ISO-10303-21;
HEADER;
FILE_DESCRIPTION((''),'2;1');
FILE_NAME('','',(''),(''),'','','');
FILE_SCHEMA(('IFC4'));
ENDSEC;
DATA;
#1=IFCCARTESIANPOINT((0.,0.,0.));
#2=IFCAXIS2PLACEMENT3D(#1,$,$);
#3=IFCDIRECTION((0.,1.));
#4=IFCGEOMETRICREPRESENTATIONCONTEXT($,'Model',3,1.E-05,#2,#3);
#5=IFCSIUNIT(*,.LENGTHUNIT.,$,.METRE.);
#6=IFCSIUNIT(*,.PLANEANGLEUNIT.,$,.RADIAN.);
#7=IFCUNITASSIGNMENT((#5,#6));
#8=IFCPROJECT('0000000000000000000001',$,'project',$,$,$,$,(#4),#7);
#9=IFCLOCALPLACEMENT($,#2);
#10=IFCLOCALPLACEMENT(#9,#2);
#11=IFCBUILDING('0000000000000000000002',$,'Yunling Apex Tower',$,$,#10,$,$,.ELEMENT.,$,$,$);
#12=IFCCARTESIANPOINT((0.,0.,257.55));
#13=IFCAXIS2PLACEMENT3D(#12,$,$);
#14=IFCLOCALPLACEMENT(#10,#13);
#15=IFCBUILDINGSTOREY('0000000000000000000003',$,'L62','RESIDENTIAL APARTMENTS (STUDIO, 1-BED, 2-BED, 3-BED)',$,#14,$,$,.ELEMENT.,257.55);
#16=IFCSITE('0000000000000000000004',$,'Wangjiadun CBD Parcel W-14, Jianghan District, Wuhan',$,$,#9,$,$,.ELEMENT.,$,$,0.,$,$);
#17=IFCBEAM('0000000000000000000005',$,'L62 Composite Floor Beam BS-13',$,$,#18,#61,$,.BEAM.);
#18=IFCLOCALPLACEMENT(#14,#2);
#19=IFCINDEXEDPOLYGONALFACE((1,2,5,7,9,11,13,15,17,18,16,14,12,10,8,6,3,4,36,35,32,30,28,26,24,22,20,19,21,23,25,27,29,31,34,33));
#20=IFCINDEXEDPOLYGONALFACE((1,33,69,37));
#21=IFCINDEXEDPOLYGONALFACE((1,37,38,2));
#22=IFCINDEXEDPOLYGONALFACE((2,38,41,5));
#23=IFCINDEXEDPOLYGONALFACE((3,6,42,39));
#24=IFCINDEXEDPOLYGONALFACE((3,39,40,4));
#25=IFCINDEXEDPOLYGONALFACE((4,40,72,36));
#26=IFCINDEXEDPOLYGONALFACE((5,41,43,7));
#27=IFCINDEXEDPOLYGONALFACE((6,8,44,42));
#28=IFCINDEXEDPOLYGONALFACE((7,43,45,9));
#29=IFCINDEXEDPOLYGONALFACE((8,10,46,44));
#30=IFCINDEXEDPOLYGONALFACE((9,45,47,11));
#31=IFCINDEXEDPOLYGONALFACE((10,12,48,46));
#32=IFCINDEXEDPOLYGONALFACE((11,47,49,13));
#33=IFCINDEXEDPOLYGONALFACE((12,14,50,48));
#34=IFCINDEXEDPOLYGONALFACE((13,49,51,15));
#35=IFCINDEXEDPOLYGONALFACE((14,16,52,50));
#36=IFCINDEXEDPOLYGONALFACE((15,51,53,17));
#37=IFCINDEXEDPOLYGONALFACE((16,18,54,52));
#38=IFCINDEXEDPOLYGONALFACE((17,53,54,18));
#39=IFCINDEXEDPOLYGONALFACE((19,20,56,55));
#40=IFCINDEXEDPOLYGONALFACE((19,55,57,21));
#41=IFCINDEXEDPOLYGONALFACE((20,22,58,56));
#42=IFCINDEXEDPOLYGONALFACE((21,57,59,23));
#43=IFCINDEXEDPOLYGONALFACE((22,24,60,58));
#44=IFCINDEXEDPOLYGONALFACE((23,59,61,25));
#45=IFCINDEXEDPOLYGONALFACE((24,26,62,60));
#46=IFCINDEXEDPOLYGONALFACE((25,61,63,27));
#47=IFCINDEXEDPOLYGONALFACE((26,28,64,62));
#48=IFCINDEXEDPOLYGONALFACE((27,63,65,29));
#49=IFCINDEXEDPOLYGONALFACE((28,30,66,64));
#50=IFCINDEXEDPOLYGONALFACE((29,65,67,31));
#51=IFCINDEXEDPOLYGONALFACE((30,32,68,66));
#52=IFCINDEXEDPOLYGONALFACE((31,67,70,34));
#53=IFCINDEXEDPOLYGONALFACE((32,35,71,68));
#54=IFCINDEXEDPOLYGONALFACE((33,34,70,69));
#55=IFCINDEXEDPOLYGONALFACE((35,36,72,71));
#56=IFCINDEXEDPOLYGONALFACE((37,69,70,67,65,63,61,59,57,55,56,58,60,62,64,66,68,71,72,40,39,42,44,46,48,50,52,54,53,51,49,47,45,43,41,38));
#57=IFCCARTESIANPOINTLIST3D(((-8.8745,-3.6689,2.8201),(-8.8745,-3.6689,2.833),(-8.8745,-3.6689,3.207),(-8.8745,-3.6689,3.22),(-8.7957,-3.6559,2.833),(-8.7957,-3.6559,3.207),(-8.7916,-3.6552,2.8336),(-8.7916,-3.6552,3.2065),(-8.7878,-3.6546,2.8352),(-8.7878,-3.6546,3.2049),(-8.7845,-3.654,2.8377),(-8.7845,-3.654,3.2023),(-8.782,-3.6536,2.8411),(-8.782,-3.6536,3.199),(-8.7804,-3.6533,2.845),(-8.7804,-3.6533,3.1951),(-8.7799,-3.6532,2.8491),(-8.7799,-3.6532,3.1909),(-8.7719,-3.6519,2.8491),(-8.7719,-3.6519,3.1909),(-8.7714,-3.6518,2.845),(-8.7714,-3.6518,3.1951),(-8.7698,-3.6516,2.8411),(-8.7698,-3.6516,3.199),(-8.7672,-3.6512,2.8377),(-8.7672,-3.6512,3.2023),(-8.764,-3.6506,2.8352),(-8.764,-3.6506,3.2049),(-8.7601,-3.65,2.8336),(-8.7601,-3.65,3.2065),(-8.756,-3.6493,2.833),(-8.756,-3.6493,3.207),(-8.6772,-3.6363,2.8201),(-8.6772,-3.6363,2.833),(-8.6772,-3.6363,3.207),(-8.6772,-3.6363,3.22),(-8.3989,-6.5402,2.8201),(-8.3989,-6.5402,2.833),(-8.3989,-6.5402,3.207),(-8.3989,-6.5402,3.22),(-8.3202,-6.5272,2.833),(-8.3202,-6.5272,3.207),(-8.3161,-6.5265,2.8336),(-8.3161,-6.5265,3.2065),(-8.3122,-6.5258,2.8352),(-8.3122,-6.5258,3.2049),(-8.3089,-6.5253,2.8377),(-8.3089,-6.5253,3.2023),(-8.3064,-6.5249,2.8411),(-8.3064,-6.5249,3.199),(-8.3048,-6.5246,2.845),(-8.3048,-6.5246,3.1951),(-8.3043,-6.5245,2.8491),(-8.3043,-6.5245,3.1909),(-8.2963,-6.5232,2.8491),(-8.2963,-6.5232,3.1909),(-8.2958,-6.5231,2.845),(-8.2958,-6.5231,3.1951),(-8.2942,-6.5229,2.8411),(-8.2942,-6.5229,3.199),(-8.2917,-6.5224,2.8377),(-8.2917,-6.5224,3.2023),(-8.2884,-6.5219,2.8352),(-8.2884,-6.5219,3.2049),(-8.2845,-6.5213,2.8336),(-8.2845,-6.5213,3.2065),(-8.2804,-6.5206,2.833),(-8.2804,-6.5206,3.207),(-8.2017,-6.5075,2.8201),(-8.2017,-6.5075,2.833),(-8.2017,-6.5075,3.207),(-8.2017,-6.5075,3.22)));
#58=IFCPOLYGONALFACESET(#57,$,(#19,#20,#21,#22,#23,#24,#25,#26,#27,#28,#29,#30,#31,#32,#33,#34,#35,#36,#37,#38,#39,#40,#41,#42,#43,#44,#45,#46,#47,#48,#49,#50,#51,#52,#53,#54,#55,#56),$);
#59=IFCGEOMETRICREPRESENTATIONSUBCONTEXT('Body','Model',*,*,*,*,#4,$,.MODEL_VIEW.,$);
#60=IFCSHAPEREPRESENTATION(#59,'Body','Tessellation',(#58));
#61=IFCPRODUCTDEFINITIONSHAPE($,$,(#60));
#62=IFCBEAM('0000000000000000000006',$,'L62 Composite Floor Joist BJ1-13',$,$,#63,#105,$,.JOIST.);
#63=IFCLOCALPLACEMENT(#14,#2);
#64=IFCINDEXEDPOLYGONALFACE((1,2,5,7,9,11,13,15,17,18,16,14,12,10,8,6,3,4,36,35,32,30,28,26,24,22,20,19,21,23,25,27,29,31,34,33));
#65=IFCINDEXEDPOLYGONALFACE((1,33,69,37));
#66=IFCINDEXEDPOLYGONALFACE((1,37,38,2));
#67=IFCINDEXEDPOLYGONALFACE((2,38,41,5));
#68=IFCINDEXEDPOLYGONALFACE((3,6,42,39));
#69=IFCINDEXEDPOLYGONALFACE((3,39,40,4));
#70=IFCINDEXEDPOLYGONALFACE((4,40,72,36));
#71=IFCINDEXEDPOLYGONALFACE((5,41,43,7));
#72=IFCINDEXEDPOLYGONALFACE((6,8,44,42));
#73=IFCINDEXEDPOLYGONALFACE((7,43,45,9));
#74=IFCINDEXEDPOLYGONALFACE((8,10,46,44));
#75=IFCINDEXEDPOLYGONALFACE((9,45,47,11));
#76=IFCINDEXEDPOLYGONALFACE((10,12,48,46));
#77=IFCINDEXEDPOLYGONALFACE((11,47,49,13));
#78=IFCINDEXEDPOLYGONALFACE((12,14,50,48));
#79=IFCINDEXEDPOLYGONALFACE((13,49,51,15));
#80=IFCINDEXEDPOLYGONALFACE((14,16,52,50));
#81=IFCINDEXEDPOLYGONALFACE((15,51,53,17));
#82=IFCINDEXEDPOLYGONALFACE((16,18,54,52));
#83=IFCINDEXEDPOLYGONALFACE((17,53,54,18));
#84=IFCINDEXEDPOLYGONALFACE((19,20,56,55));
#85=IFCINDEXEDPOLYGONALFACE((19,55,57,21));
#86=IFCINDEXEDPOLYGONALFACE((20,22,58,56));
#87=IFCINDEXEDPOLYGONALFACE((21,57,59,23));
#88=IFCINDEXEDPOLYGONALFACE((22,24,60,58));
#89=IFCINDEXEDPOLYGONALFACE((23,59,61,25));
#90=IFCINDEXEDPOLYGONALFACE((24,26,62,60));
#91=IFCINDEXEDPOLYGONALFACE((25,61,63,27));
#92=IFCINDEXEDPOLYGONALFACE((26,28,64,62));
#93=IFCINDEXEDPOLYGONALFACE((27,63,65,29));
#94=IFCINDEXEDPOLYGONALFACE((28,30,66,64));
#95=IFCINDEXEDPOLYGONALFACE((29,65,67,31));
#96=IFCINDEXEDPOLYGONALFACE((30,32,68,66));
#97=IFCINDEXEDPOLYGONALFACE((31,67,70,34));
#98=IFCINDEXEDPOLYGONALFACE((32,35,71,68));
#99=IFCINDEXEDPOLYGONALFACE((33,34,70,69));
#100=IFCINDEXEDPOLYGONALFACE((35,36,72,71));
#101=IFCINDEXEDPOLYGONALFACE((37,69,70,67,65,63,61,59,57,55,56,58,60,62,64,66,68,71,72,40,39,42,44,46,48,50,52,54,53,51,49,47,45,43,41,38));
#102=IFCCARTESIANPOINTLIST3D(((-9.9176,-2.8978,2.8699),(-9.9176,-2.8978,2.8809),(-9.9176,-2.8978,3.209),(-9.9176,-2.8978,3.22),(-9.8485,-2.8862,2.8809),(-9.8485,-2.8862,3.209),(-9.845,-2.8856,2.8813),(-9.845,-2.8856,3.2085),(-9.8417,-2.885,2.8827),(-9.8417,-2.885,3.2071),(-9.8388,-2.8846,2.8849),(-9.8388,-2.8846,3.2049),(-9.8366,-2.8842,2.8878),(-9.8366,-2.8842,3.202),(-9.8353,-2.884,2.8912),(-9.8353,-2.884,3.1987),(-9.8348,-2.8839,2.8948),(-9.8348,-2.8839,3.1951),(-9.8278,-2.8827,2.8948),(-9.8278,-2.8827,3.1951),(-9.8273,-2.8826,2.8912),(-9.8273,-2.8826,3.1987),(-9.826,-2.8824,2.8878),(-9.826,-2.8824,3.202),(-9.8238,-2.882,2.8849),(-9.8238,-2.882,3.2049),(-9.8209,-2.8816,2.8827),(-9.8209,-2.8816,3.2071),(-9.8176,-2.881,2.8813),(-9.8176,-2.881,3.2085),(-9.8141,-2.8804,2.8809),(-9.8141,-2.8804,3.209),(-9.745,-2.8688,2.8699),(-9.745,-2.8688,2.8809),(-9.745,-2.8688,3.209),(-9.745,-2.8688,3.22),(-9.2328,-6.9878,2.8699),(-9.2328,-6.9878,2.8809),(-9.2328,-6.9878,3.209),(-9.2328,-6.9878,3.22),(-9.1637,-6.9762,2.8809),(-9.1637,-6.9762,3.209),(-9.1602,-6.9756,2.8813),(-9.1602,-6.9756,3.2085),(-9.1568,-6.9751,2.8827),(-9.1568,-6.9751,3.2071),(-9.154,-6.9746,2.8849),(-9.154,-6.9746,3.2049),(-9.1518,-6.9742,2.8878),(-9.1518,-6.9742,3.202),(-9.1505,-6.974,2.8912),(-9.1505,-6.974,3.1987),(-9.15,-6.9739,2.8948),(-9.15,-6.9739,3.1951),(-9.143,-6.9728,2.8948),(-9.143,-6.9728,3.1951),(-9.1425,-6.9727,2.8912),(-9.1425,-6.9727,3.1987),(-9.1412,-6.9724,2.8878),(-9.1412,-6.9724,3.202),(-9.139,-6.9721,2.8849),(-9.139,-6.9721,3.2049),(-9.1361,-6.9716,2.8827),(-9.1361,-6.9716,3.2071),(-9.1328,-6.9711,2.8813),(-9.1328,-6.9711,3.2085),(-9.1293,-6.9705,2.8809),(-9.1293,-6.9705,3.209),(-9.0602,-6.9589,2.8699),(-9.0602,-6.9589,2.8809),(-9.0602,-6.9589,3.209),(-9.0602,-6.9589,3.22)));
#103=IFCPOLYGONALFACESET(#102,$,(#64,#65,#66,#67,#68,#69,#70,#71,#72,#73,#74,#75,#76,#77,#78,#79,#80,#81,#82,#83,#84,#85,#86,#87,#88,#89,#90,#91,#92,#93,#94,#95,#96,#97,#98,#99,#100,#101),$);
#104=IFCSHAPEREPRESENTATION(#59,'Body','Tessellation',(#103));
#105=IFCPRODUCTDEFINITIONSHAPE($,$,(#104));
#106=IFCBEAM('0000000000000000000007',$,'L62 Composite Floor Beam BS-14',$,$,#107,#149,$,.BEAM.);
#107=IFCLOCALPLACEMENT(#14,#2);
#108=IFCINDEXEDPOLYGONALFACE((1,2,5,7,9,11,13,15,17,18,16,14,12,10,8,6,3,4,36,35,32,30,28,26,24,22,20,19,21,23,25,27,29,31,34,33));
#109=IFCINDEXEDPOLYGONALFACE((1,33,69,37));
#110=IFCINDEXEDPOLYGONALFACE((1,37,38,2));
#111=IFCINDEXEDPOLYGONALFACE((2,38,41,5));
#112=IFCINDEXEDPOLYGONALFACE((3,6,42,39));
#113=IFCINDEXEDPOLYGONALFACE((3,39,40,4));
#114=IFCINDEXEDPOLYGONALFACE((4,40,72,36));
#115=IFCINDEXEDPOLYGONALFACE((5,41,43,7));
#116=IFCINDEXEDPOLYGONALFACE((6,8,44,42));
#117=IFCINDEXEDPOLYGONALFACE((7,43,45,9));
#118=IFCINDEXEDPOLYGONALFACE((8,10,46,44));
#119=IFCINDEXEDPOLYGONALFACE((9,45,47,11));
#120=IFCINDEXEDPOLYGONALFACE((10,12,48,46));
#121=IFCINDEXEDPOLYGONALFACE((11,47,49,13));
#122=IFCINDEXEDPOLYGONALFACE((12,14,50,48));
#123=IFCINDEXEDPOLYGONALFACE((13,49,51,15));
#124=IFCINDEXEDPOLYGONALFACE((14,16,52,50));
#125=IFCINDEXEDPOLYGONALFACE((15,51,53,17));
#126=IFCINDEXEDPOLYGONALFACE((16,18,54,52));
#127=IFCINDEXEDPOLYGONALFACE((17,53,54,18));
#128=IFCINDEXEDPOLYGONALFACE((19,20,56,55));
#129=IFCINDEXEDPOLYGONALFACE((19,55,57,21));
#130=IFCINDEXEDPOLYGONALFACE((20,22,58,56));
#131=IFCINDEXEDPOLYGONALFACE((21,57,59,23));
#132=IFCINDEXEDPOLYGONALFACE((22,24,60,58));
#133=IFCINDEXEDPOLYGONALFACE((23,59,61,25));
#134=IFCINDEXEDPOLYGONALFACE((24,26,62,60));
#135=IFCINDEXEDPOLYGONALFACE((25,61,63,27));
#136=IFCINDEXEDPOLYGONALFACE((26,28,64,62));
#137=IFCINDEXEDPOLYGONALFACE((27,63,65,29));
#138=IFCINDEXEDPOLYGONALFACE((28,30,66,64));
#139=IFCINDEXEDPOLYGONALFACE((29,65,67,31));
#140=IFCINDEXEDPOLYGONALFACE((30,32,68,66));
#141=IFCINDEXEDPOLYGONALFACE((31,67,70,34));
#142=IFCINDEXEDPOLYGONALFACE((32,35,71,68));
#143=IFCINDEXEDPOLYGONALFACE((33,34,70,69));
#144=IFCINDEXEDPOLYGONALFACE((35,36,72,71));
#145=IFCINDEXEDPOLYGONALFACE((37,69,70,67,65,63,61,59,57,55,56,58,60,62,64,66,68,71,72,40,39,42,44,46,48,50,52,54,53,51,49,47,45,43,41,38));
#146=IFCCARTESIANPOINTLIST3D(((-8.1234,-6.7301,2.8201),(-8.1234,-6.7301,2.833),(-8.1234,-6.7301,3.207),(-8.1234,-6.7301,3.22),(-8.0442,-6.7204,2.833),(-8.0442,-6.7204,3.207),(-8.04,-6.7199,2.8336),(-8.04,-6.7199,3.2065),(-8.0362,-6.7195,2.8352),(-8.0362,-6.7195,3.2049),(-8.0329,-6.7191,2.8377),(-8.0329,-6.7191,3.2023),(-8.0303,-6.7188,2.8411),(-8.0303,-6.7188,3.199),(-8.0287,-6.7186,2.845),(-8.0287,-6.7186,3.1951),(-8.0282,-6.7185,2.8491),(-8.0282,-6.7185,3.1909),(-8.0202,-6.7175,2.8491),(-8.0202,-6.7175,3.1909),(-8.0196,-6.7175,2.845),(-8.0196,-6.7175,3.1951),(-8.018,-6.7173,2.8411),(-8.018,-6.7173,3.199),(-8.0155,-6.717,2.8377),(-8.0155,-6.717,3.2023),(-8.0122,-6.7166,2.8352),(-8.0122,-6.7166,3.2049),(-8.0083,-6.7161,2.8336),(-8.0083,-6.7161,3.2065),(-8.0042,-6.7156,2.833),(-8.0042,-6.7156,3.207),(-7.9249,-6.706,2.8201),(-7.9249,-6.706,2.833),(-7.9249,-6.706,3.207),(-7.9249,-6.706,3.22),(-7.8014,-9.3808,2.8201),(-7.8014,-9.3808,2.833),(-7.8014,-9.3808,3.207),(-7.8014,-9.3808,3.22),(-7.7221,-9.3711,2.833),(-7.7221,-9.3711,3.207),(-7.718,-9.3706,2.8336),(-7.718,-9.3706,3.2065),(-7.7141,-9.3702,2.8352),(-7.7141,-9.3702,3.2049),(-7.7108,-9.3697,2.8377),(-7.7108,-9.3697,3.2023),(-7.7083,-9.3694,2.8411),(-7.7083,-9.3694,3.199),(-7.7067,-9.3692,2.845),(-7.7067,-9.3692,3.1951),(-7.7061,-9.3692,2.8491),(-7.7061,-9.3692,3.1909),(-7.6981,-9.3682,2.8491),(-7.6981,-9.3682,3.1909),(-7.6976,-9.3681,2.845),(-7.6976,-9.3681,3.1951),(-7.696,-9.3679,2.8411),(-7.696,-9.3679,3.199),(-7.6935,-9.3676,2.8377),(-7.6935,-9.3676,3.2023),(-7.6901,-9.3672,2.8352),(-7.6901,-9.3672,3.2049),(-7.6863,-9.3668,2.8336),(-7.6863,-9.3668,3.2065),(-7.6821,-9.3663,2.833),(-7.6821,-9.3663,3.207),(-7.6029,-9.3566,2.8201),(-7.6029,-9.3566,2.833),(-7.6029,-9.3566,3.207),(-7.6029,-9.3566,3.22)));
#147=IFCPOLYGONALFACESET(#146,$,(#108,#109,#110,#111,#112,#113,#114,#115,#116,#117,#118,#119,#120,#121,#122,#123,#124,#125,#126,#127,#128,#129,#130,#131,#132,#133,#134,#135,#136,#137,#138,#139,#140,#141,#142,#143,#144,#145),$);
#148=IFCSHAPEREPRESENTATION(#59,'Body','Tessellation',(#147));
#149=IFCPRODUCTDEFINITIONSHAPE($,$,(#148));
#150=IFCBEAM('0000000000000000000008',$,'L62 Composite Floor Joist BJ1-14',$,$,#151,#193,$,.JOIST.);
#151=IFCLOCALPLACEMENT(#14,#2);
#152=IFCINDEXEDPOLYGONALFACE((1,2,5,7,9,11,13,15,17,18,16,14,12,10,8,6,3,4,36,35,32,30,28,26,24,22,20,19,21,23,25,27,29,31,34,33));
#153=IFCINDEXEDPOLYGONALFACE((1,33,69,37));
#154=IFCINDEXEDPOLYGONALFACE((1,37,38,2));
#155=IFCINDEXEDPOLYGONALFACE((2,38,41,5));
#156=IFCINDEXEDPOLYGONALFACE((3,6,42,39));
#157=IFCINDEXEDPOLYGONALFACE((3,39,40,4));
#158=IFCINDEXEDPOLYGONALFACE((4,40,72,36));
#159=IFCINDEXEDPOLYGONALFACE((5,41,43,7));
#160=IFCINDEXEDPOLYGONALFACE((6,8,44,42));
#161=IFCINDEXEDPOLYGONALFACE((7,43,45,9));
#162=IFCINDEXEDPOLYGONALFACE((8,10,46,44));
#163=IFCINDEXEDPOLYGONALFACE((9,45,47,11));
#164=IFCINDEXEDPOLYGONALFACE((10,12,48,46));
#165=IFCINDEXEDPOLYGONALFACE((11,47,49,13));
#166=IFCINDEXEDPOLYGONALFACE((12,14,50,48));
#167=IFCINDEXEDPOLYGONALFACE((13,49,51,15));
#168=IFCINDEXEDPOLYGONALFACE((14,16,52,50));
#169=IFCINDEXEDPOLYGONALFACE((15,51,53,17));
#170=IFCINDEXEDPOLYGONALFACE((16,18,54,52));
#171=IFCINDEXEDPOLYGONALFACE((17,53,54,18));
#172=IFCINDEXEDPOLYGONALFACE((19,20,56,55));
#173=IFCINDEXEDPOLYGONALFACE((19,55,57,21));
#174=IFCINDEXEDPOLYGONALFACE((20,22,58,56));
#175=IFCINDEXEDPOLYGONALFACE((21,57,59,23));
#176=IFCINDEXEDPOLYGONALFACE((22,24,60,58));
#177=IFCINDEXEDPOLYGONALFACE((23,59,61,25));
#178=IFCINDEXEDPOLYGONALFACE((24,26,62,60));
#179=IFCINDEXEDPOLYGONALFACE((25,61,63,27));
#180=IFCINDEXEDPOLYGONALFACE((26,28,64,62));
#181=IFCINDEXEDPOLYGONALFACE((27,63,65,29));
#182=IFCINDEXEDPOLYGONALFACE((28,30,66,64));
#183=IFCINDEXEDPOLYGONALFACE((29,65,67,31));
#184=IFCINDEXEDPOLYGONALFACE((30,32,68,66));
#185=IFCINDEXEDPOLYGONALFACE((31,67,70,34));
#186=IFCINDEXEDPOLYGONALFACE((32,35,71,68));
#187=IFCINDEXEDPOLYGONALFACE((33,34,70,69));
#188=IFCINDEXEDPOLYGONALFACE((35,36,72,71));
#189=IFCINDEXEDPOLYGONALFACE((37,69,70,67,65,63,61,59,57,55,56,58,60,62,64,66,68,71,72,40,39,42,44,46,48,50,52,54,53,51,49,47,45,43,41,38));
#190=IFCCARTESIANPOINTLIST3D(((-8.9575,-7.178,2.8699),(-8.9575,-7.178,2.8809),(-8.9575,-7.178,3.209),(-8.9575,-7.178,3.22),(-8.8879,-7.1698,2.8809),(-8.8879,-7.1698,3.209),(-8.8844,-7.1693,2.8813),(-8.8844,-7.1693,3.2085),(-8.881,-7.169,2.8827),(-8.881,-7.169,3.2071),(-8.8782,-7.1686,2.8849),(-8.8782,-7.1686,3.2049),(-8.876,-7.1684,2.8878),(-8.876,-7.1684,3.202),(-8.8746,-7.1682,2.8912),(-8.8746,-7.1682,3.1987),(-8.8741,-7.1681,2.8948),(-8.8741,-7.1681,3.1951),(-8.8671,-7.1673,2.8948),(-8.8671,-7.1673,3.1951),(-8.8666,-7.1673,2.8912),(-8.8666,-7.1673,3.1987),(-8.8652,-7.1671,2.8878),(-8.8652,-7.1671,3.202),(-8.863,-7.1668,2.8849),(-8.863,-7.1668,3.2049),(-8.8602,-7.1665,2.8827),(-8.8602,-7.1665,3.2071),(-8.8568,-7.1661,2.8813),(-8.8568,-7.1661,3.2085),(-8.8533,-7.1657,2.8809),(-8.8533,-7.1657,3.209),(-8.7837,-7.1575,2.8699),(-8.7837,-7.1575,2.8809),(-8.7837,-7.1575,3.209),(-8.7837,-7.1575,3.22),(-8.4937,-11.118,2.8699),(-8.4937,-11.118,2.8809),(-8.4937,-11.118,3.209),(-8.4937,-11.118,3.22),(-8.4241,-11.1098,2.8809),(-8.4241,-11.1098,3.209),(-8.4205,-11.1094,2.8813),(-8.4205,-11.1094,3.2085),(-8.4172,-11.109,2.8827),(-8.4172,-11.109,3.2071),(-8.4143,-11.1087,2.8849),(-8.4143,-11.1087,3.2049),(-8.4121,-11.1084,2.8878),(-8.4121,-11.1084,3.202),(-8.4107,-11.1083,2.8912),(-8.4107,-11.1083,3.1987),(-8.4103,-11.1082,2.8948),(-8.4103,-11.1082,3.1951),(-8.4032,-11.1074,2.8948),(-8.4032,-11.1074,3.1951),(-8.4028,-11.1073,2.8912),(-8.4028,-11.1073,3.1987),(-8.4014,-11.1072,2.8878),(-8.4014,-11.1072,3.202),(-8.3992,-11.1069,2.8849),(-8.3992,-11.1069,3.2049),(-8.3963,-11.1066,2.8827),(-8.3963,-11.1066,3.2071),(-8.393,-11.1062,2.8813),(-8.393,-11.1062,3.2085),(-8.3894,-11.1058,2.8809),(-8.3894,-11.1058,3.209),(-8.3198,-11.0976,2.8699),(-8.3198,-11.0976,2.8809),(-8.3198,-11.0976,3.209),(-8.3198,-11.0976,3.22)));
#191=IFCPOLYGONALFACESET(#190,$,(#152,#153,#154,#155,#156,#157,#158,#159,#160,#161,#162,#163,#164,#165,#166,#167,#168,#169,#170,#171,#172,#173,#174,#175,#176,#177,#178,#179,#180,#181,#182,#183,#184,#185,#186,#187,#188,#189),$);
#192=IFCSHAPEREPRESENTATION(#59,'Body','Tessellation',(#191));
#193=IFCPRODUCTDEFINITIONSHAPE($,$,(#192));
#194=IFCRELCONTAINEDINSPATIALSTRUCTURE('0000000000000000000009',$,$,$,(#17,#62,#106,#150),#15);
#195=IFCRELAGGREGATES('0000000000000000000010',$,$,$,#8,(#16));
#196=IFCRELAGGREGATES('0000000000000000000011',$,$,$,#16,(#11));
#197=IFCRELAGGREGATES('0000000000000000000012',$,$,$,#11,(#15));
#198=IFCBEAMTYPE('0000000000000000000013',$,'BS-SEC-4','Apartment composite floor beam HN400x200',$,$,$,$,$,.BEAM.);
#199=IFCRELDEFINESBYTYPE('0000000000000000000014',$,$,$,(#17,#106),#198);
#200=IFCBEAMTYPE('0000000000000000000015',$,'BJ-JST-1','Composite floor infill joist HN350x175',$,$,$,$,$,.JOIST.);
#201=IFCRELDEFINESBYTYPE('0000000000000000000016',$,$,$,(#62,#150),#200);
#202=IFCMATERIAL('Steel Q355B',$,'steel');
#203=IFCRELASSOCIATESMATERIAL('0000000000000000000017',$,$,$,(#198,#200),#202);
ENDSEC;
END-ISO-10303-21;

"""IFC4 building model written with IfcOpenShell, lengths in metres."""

from ifc_helpers import new_model, si_unit, direction, frame, origin, origin_2d, place, context, subcontext, project, spatial, i_section, extrude, source, transform, mapped, material, material_profile, profile_set, type_object, element, save


model = new_model("IFC4")

# Units and contexts
model_context = context("Model", 3, precision=1e-05, world=origin(), true_north=direction((0.0, 1.0)))
body_context = subcontext(model_context, "Body", "Model", "MODEL_VIEW")
ifc_project = project(units=[si_unit("LENGTHUNIT", "METRE"), si_unit("PLANEANGLEUNIT", "RADIAN")], contexts=[model_context])

# Site, building, storey
site_placement = place(None, origin())
site = spatial("IfcSite", under=ifc_project, at=site_placement, Name="Wangjiadun CBD Parcel W-14, Jianghan District, Wuhan", CompositionType="ELEMENT", RefElevation=0.0)
building_placement = place(site_placement, origin())
building = spatial("IfcBuilding", under=site, at=building_placement, Name="Yunling Apex Tower", CompositionType="ELEMENT")
storey_placement = place(building_placement, frame((0.0, 0.0, 257.55)))
storey = spatial("IfcBuildingStorey", under=building, at=storey_placement, Name="L62", Description="RESIDENTIAL APARTMENTS (STUDIO, 1-BED, 2-BED, 3-BED)", CompositionType="ELEMENT", Elevation=257.55)

# Shared definitions
ifc_material_1 = material(Name="Steel Q355B", Category="steel")

# Beams
ifc_material_profile_1 = material_profile(ifc_material_1, i_section(OverallWidth=0.2, OverallDepth=0.3999, WebThickness=0.0081, FlangeThickness=0.0129, FilletRadius=0.0161, at=origin_2d()))
ifc_profile_set_1 = profile_set([ifc_material_profile_1], Name="Steel Q355B")
beam_type_1 = type_object("IfcBeamType", Name="BS-SEC-4", Description="Apartment composite floor beam HN400x200", PredefinedType="BEAM", material=ifc_profile_set_1)
shared_shape_1 = source(origin(), body_context, "Body", "SweptSolid", [
    extrude(i_section(OverallWidth=0.2, OverallDepth=0.3999, WebThickness=0.0081, FlangeThickness=0.0129, FilletRadius=0.0161, at=origin_2d()), origin(), (0.0, 0.0, 1.0), 2.9104),
])
beam_1_placement = place(storey_placement, frame((-8.7759, -3.6526, 3.02), z_axis=(0.163406, -0.986559, 0.0), x_axis=(0.986559, 0.163406, 0.0)))
element("IfcBeam", 1, at=beam_1_placement, inside=storey, type_object=beam_type_1, Name="L62 Composite Floor Beam BS-13", PredefinedType="BEAM", context=body_context, shape_type="MappedRepresentation", body=[
    mapped(shared_shape_1, transform((0.0, 0.0, 0.0), scale=1.0)),
])
ifc_material_profile_2 = material_profile(ifc_material_1, i_section(OverallWidth=0.175, OverallDepth=0.3501, WebThickness=0.0071, FlangeThickness=0.011, FilletRadius=0.0139, at=origin_2d()))
ifc_profile_set_2 = profile_set([ifc_material_profile_2], Name="Steel Q355B")
beam_type_2 = type_object("IfcBeamType", Name="BJ-JST-1", Description="Composite floor infill joist HN350x175", PredefinedType="JOIST", material=ifc_profile_set_2)
shared_shape_2 = source(origin(), body_context, "Body", "SweptSolid", [
    extrude(i_section(OverallWidth=0.175, OverallDepth=0.3501, WebThickness=0.0071, FlangeThickness=0.011, FilletRadius=0.0139, at=origin_2d()), origin(), (0.0, 0.0, 1.0), 4.147),
])
beam_2_placement = place(storey_placement, frame((-9.8313, -2.8833, 3.0449), z_axis=(0.165134, -0.986271, 0.0), x_axis=(0.986271, 0.165134, 0.0)))
element("IfcBeam", 2, at=beam_2_placement, inside=storey, type_object=beam_type_2, Name="L62 Composite Floor Joist BJ1-13", PredefinedType="JOIST", context=body_context, shape_type="MappedRepresentation", body=[
    mapped(shared_shape_2, transform((0.0, 0.0, 0.0), scale=1.0)),
])
shared_shape_3 = source(origin(), body_context, "Body", "SweptSolid", [
    extrude(i_section(OverallWidth=0.2, OverallDepth=0.3999, WebThickness=0.0081, FlangeThickness=0.0129, FilletRadius=0.0161, at=origin_2d()), origin(), (0.0, 0.0, 1.0), 2.6702),
])
beam_3_placement = place(storey_placement, frame((-8.0242, -6.718, 3.02), z_axis=(0.120602, -0.992701, 0.0), x_axis=(0.992701, 0.120602, 0.0)))
element("IfcBeam", 3, at=beam_3_placement, inside=storey, type_object=beam_type_1, Name="L62 Composite Floor Beam BS-14", PredefinedType="BEAM", context=body_context, shape_type="MappedRepresentation", body=[
    mapped(shared_shape_3, transform((0.0, 0.0, 0.0), scale=1.0)),
])
shared_shape_4 = source(origin(), body_context, "Body", "SweptSolid", [
    extrude(i_section(OverallWidth=0.175, OverallDepth=0.3501, WebThickness=0.0071, FlangeThickness=0.011, FilletRadius=0.0139, at=origin_2d()), origin(), (0.0, 0.0, 1.0), 3.9673),
])
beam_4_placement = place(storey_placement, frame((-8.8706, -7.1677, 3.0449), z_axis=(0.11692, -0.993141, 0.0), x_axis=(0.993141, 0.11692, 0.0)))
element("IfcBeam", 4, at=beam_4_placement, inside=storey, type_object=beam_type_2, Name="L62 Composite Floor Joist BJ1-14", PredefinedType="JOIST", context=body_context, shape_type="MappedRepresentation", body=[
    mapped(shared_shape_4, transform((0.0, 0.0, 0.0), scale=1.0)),
])

save(model, "model.ifc")
